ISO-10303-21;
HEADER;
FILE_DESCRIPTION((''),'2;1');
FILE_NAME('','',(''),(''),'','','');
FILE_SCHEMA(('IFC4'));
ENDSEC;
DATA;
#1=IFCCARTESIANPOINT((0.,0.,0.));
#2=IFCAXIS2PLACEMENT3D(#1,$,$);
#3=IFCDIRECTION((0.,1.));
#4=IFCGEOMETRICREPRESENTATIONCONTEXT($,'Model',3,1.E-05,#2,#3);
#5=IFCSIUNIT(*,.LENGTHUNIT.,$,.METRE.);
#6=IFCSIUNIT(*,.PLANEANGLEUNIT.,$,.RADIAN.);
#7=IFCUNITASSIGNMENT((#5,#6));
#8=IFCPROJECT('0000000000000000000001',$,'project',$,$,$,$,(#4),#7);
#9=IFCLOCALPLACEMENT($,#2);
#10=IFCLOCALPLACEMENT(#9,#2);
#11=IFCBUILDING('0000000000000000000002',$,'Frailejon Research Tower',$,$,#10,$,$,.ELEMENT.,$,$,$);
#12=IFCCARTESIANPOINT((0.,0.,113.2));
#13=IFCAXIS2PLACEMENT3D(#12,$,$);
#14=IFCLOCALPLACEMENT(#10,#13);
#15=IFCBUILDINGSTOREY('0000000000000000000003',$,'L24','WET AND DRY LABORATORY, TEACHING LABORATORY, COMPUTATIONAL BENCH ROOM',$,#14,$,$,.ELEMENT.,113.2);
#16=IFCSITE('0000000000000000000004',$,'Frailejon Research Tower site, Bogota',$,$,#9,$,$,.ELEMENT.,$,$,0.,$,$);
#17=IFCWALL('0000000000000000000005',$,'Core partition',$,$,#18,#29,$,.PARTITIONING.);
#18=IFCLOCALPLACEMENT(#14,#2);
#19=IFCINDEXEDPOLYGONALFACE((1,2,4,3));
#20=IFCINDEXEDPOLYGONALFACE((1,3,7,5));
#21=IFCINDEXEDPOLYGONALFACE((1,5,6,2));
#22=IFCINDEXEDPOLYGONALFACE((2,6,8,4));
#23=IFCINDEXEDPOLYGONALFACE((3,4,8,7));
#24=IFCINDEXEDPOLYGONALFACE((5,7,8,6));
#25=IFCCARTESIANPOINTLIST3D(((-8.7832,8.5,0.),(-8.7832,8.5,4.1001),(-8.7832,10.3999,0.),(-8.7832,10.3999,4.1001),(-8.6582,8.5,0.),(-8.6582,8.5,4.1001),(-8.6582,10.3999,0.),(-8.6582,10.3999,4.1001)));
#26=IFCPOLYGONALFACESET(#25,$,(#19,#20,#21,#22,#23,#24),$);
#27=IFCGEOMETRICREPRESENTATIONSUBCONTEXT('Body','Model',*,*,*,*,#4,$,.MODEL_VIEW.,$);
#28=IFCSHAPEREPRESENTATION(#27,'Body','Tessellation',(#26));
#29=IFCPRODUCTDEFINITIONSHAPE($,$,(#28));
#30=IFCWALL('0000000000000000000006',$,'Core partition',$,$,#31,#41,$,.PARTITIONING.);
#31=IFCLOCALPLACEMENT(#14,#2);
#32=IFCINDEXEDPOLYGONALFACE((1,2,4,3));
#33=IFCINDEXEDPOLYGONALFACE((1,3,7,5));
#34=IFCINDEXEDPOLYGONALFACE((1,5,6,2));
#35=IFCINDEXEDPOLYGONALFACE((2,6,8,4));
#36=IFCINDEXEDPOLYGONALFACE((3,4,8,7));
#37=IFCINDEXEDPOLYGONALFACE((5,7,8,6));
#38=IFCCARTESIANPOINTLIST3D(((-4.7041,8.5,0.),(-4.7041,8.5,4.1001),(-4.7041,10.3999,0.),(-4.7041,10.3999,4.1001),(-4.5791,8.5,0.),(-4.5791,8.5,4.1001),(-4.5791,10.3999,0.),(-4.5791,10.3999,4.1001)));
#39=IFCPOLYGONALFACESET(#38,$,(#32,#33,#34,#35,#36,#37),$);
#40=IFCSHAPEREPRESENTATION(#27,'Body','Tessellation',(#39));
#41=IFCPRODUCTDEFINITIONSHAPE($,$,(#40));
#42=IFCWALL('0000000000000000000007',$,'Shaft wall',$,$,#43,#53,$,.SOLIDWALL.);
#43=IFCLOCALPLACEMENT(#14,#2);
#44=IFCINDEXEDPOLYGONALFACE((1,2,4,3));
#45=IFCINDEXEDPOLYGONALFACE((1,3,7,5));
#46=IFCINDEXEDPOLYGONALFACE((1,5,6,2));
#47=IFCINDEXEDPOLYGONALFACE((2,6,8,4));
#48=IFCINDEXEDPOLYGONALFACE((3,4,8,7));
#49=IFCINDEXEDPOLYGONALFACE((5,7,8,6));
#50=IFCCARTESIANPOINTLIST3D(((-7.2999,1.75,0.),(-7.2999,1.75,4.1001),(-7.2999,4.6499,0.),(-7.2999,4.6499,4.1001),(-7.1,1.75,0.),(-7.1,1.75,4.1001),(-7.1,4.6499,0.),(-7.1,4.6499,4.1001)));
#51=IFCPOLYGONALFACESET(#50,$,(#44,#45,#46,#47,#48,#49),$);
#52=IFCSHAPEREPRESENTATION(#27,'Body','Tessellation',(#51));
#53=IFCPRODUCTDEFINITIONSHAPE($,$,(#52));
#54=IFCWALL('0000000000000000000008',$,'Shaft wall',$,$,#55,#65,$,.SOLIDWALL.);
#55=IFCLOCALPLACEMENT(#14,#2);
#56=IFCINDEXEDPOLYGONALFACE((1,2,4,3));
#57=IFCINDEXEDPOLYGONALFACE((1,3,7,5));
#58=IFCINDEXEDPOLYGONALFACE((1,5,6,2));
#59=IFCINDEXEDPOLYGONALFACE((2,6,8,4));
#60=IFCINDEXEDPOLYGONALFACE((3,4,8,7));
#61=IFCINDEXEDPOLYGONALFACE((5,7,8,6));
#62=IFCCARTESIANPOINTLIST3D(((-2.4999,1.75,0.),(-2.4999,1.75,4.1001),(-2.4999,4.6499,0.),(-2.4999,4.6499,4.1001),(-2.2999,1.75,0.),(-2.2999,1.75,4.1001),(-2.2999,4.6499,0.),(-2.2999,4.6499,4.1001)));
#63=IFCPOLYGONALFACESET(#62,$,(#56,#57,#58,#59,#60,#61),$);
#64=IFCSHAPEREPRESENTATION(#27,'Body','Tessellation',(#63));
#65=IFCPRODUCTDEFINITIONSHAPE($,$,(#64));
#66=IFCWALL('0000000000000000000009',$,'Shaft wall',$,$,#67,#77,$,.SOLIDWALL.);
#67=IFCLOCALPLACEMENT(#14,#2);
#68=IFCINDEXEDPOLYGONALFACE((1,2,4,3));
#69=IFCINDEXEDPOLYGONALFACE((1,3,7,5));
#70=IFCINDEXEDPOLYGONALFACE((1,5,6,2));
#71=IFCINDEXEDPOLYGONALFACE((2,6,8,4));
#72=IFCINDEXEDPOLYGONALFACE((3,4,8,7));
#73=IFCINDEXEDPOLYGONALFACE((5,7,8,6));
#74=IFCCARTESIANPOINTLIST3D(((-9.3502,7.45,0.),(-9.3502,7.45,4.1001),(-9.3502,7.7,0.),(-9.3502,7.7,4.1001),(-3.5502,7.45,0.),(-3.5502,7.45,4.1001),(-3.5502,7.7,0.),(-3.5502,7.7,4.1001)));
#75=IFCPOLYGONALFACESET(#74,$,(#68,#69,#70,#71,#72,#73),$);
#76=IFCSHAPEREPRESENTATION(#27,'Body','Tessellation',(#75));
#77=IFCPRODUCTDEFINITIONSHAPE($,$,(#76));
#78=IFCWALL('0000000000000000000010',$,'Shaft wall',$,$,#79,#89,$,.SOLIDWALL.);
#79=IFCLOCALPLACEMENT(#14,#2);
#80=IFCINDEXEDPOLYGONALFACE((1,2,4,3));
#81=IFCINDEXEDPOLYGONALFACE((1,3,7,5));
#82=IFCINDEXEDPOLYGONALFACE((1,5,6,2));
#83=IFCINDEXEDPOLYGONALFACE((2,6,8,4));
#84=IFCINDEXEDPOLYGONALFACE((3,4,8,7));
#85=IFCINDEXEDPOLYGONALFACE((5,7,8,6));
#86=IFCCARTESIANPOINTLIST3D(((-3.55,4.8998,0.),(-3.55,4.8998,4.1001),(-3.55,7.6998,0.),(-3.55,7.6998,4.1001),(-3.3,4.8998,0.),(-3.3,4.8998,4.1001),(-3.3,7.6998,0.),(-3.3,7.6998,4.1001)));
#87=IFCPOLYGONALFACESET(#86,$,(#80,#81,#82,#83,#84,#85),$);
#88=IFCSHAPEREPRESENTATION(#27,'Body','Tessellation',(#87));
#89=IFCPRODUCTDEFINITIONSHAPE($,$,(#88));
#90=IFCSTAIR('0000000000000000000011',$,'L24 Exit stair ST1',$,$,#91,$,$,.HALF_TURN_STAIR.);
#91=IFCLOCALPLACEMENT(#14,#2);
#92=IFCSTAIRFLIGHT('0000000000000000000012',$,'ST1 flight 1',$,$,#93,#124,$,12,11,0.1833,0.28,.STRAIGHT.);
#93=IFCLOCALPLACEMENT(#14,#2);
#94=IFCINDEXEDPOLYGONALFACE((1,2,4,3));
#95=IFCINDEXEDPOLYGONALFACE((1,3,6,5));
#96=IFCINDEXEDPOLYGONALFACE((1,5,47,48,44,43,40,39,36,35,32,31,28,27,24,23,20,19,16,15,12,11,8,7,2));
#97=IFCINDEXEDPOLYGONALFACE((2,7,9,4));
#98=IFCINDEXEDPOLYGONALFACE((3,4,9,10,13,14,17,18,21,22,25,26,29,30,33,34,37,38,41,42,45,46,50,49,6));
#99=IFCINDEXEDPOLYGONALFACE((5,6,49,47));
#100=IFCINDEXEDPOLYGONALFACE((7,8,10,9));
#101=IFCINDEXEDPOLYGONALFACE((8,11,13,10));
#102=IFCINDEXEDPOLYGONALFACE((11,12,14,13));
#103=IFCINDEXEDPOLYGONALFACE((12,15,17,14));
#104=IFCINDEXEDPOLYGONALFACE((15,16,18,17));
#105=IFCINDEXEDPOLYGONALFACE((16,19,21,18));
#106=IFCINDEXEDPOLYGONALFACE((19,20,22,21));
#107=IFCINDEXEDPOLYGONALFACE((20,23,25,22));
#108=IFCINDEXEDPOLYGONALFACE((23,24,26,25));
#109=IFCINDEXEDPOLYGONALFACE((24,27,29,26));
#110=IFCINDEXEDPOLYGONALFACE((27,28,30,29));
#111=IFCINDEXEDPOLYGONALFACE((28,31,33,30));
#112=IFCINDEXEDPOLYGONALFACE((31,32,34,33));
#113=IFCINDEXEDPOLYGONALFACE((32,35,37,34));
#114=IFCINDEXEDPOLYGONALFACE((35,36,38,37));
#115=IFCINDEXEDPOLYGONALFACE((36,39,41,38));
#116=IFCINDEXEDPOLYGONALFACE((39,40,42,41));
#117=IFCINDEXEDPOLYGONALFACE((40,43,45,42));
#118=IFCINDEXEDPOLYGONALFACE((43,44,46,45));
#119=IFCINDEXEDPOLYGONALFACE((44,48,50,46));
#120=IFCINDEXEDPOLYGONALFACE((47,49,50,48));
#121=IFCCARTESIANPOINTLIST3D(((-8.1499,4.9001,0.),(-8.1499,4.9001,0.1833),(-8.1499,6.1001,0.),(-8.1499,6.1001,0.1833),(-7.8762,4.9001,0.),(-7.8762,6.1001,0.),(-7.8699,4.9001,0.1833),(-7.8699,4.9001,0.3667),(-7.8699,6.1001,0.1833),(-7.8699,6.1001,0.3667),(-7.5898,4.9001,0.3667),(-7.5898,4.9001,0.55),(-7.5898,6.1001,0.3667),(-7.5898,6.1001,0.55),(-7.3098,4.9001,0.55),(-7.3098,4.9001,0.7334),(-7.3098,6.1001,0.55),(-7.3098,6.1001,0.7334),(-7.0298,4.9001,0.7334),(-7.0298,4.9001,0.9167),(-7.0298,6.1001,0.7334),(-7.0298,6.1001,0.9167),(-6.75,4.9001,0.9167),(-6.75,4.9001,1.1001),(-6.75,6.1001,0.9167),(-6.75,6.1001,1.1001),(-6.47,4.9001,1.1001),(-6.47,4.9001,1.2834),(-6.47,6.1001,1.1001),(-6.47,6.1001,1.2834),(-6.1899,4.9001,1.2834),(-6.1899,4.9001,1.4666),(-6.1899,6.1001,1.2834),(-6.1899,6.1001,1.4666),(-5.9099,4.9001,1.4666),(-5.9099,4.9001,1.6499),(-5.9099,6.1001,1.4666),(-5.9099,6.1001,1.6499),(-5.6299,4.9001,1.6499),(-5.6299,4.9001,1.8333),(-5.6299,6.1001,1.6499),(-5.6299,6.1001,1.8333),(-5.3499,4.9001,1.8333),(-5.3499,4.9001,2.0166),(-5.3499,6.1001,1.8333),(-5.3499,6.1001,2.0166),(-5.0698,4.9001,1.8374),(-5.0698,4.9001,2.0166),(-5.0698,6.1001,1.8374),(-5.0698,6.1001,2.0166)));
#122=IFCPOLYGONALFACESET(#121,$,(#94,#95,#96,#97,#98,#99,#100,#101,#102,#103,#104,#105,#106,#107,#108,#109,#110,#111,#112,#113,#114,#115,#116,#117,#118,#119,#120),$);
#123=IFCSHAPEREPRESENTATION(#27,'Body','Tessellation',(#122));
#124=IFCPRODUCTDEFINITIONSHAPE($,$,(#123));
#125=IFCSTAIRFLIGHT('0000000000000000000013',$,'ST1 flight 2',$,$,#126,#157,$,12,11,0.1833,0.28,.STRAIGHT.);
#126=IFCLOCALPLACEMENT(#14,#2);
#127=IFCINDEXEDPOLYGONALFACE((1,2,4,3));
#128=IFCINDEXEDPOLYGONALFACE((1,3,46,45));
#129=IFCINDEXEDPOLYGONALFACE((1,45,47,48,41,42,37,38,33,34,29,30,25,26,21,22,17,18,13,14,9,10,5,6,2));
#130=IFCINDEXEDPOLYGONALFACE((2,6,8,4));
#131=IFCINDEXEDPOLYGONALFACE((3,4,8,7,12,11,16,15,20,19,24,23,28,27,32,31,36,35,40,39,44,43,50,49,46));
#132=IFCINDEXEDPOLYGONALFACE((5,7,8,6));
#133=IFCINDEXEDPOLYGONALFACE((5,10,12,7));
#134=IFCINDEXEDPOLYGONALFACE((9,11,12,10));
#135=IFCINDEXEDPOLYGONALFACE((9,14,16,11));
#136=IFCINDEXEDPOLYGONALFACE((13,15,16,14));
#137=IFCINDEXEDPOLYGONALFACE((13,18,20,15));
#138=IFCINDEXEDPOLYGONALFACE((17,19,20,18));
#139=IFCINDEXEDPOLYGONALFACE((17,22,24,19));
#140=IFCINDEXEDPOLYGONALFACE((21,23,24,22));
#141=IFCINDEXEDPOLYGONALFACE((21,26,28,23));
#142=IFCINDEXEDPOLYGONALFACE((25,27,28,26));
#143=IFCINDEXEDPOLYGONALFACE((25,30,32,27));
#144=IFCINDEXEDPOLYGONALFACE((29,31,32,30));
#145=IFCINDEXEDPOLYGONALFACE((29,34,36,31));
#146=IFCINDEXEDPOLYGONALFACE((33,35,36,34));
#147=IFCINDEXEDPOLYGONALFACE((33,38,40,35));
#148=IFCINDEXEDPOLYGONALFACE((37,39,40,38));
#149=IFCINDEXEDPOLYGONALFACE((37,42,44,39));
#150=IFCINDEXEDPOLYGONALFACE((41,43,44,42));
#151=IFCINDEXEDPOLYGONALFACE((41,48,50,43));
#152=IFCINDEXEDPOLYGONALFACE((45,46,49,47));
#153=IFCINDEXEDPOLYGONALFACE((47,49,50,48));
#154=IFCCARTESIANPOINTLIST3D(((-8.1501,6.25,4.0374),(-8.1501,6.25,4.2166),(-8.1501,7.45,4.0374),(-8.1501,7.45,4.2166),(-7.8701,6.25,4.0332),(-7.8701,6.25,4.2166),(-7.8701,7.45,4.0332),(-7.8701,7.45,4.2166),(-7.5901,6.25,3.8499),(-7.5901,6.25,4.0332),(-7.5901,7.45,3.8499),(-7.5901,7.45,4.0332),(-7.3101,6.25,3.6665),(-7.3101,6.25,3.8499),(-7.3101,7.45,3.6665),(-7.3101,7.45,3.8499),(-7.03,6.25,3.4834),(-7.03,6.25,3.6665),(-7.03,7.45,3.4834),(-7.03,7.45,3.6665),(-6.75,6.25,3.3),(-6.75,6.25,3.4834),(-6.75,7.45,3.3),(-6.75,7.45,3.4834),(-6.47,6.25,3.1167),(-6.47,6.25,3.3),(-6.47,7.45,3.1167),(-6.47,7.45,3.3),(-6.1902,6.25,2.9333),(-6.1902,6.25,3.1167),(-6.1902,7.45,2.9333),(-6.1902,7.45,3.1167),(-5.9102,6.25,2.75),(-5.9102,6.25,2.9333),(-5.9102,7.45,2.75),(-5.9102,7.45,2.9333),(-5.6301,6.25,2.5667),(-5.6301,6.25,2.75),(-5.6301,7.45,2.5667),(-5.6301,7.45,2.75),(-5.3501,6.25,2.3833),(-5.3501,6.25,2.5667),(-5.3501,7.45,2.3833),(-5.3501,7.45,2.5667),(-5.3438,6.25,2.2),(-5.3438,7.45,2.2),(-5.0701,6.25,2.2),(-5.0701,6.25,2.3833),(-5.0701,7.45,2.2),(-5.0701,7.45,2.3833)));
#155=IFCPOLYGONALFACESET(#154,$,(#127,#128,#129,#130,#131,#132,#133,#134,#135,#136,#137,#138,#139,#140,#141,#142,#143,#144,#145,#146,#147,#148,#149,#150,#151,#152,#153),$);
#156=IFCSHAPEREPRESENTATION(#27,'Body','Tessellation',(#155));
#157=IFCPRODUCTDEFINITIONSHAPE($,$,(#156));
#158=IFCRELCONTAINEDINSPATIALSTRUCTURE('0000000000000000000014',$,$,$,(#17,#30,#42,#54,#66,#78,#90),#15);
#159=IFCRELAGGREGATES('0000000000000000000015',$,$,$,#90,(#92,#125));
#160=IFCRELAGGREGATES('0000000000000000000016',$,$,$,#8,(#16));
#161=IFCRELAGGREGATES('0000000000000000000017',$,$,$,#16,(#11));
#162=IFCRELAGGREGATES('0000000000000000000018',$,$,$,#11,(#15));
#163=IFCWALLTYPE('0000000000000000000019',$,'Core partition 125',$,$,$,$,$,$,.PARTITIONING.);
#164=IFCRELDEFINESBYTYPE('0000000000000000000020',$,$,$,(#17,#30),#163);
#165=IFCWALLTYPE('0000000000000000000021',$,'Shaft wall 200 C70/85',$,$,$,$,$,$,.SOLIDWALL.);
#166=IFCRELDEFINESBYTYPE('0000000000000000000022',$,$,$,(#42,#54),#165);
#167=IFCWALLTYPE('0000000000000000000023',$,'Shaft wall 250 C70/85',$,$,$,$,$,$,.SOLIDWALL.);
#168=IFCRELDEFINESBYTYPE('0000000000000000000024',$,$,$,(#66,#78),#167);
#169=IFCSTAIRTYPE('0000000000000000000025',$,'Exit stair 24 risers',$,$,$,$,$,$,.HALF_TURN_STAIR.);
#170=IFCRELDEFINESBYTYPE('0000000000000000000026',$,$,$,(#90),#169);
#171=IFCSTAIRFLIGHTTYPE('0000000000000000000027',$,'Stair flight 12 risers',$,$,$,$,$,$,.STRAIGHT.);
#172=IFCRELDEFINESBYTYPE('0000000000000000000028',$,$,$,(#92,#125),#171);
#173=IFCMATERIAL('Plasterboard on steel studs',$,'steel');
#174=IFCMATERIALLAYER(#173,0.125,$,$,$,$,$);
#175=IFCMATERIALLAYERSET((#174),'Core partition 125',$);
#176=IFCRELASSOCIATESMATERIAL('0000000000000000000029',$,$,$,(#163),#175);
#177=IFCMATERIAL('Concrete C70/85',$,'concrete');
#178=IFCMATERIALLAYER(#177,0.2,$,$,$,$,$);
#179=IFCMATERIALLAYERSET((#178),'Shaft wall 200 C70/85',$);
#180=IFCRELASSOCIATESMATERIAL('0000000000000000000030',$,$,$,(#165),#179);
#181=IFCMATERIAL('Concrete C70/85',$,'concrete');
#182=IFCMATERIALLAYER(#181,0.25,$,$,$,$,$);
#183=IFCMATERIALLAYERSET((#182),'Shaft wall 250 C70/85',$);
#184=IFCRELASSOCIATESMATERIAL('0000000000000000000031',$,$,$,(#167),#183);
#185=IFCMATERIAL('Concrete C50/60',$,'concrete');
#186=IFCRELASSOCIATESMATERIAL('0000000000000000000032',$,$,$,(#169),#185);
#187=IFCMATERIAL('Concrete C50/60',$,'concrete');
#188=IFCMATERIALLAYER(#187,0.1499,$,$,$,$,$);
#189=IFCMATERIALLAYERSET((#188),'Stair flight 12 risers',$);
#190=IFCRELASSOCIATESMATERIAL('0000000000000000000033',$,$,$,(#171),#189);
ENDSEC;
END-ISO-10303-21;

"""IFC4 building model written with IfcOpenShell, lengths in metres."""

from ifc_helpers import new_model, si_unit, direction, frame, frame_2d, origin, place, context, subcontext, project, spatial, polyline, rectangle, outline, extrude, material, layer, layer_set, type_object, element, aggregate, save


model = new_model("IFC4")

# Units and contexts
model_context = context("Model", 3, precision=1e-05, world=origin(), true_north=direction((0.0, 1.0)))
body_context = subcontext(model_context, "Body", "Model", "MODEL_VIEW")
ifc_project = project(units=[si_unit("LENGTHUNIT", "METRE"), si_unit("PLANEANGLEUNIT", "RADIAN")], contexts=[model_context])

# Site, building, storey
site_placement = place(None, origin())
site = spatial("IfcSite", under=ifc_project, at=site_placement, Name="Frailejon Research Tower site, Bogota", CompositionType="ELEMENT", RefElevation=0.0)
building_placement = place(site_placement, origin())
building = spatial("IfcBuilding", under=site, at=building_placement, Name="Frailejon Research Tower", CompositionType="ELEMENT")
storey_placement = place(building_placement, frame((0.0, 0.0, 113.2)))
storey = spatial("IfcBuildingStorey", under=building, at=storey_placement, Name="L24", Description="WET AND DRY LABORATORY, TEACHING LABORATORY, COMPUTATIONAL BENCH ROOM", CompositionType="ELEMENT", Elevation=113.2)

# Walls
ifc_material_1 = material(Name="Plasterboard on steel studs", Category="steel")
ifc_layer_1 = layer(ifc_material_1, 0.125)
ifc_layer_set_1 = layer_set([ifc_layer_1], Name="Core partition 125")
wall_type_1 = type_object("IfcWallType", Name="Core partition 125", PredefinedType="PARTITIONING", material=ifc_layer_set_1)
for number, where, z_axis, x_axis, name in (
    (1, (-8.7207, 8.5, 0.0), (0.0, 0.0, 1.0), (0.0, 1.0, 0.0), "Core partition"),
    (2, (-4.6416, 8.5, 0.0), (0.0, 0.0, 1.0), (0.0, 1.0, 0.0), "Core partition"),
):
    element("IfcWall", number, at=place(storey_placement, frame(where, z_axis=z_axis, x_axis=x_axis)), inside=storey, type_object=wall_type_1, Name=name, PredefinedType="PARTITIONING", context=body_context, shape_type="SweptSolid", body=[
        extrude(rectangle(XDim=1.8999, YDim=0.125, at=frame_2d((0.95, 0.0))), origin(), (0.0, 0.0, 1.0), 4.1001),
    ])
ifc_material_2 = material(Name="Concrete C70/85", Category="concrete")
ifc_layer_2 = layer(ifc_material_2, 0.2)
ifc_layer_set_2 = layer_set([ifc_layer_2], Name="Shaft wall 200 C70/85")
wall_type_2 = type_object("IfcWallType", Name="Shaft wall 200 C70/85", PredefinedType="SOLIDWALL", material=ifc_layer_set_2)
for number, where, z_axis, x_axis, name in (
    (3, (-7.2, 1.75, 0.0), (0.0, 0.0, 1.0), (0.0, 1.0, 0.0), "Shaft wall"),
    (4, (-2.3999, 1.75, 0.0), (0.0, 0.0, 1.0), (0.0, 1.0, 0.0), "Shaft wall"),
):
    element("IfcWall", number, at=place(storey_placement, frame(where, z_axis=z_axis, x_axis=x_axis)), inside=storey, type_object=wall_type_2, Name=name, PredefinedType="SOLIDWALL", context=body_context, shape_type="SweptSolid", body=[
        extrude(rectangle(XDim=2.8999, YDim=0.2, at=frame_2d((1.45, 0.0))), origin(), (0.0, 0.0, 1.0), 4.1001),
    ])
ifc_material_3 = material(Name="Concrete C70/85", Category="concrete")
ifc_layer_3 = layer(ifc_material_3, 0.25)
ifc_layer_set_3 = layer_set([ifc_layer_3], Name="Shaft wall 250 C70/85")
wall_type_3 = type_object("IfcWallType", Name="Shaft wall 250 C70/85", PredefinedType="SOLIDWALL", material=ifc_layer_set_3)
wall_1_placement = place(storey_placement, frame((-9.3501, 7.575, 0.0), z_axis=(0.0, 0.0, 1.0), x_axis=(1.0, 0.0, 0.0)))
element("IfcWall", 5, at=wall_1_placement, inside=storey, type_object=wall_type_3, Name="Shaft wall", PredefinedType="SOLIDWALL", context=body_context, shape_type="SweptSolid", body=[
    extrude(rectangle(XDim=5.8, YDim=0.25, at=frame_2d((2.8999, 0.0))), origin(), (0.0, 0.0, 1.0), 4.1001),
])
wall_2_placement = place(storey_placement, frame((-3.425, 4.8999, 0.0), z_axis=(0.0, 0.0, 1.0), x_axis=(0.0, 1.0, 0.0)))
element("IfcWall", 6, at=wall_2_placement, inside=storey, type_object=wall_type_3, Name="Shaft wall", PredefinedType="SOLIDWALL", context=body_context, shape_type="SweptSolid", body=[
    extrude(rectangle(XDim=2.8, YDim=0.25, at=frame_2d((1.3999, 0.0))), origin(), (0.0, 0.0, 1.0), 4.1001),
])

# Stair, stair flights
ifc_material_4 = material(Name="Concrete C50/60", Category="concrete")
stair_type = type_object("IfcStairType", Name="Exit stair 24 risers", PredefinedType="HALF_TURN_STAIR", material=ifc_material_4)
stair_placement = place(storey_placement, origin())
stair = element("IfcStair", 7, at=stair_placement, inside=storey, type_object=stair_type, Name="L24 Exit stair ST1", PredefinedType="HALF_TURN_STAIR")
ifc_material_5 = material(Name="Concrete C50/60", Category="concrete")
ifc_layer_4 = layer(ifc_material_5, 0.1499)
ifc_layer_set_4 = layer_set([ifc_layer_4], Name="Stair flight 12 risers")
stair_flight_type = type_object("IfcStairFlightType", Name="Stair flight 12 risers", PredefinedType="STRAIGHT", material=ifc_layer_set_4)
stair_flight_1_placement = place(storey_placement, frame((-8.1499, 5.5, 0.0), z_axis=(0.0, 0.0, 1.0), x_axis=(1.0, 0.0, 0.0)))
stair_flight_1 = element("IfcStairFlight", 8, at=stair_flight_1_placement, type_object=stair_flight_type, Name="ST1 flight 1", NumberOfRisers=12, NumberOfTreads=11, PredefinedType="STRAIGHT", RiserHeight=0.1833, TreadLength=0.28, context=body_context, shape_type="SweptSolid", body=[
    extrude(outline(polyline([(0.0, 0.0), (0.0, 0.1833), (0.28, 0.1833), (0.28, 0.3667), (0.5601, 0.3667), (0.5601, 0.55), (0.8401, 0.55), (0.8401, 0.7334), (1.1201, 0.7334), (1.1201, 0.9167), (1.3999, 0.9167), (1.3999, 1.1001), (1.6799, 1.1001), (1.6799, 1.2834), (1.96, 1.2834), (1.96, 1.4666), (2.24, 1.4666), (2.24, 1.6499), (2.52, 1.6499), (2.52, 1.8333), (2.8, 1.8333), (2.8, 2.0166), (3.0801, 2.0166), (3.0801, 2.2), (3.0801, 1.8374), (0.2737, 0.0), (0.0, 0.0)])), frame((0.0, 0.6001, 0.0), z_axis=(0.0, -1.0, 0.0), x_axis=(1.0, 0.0, 0.0)), (0.0, 0.0, 1.0), 1.2),
])
stair_flight_2_placement = place(storey_placement, frame((-5.0701, 6.8501, 2.2), z_axis=(0.0, 0.0, 1.0), x_axis=(-1.0, 0.0, 0.0)))
stair_flight_2 = element("IfcStairFlight", 9, at=stair_flight_2_placement, type_object=stair_flight_type, Name="ST1 flight 2", NumberOfRisers=12, NumberOfTreads=11, PredefinedType="STRAIGHT", RiserHeight=0.1833, TreadLength=0.28, context=body_context, shape_type="SweptSolid", body=[
    extrude(outline(polyline([(0.0, 0.0), (0.0, 0.1833), (0.28, 0.1833), (0.28, 0.3667), (0.5601, 0.3667), (0.5601, 0.55), (0.8401, 0.55), (0.8401, 0.7334), (1.1201, 0.7334), (1.1201, 0.9167), (1.3999, 0.9167), (1.3999, 1.1001), (1.6799, 1.1001), (1.6799, 1.2834), (1.96, 1.2834), (1.96, 1.4666), (2.24, 1.4666), (2.24, 1.6499), (2.52, 1.6499), (2.52, 1.8333), (2.8, 1.8333), (2.8, 2.0166), (3.0801, 2.0166), (3.0801, 2.2), (3.0801, 1.8374), (0.2737, 0.0), (0.0, 0.0)])), frame((0.0, 0.6001, 0.0), z_axis=(0.0, -1.0, 0.0), x_axis=(1.0, 0.0, 0.0)), (0.0, 0.0, 1.0), 1.2),
])
aggregate(stair, [stair_flight_1, stair_flight_2])

save(model, "model.ifc")
